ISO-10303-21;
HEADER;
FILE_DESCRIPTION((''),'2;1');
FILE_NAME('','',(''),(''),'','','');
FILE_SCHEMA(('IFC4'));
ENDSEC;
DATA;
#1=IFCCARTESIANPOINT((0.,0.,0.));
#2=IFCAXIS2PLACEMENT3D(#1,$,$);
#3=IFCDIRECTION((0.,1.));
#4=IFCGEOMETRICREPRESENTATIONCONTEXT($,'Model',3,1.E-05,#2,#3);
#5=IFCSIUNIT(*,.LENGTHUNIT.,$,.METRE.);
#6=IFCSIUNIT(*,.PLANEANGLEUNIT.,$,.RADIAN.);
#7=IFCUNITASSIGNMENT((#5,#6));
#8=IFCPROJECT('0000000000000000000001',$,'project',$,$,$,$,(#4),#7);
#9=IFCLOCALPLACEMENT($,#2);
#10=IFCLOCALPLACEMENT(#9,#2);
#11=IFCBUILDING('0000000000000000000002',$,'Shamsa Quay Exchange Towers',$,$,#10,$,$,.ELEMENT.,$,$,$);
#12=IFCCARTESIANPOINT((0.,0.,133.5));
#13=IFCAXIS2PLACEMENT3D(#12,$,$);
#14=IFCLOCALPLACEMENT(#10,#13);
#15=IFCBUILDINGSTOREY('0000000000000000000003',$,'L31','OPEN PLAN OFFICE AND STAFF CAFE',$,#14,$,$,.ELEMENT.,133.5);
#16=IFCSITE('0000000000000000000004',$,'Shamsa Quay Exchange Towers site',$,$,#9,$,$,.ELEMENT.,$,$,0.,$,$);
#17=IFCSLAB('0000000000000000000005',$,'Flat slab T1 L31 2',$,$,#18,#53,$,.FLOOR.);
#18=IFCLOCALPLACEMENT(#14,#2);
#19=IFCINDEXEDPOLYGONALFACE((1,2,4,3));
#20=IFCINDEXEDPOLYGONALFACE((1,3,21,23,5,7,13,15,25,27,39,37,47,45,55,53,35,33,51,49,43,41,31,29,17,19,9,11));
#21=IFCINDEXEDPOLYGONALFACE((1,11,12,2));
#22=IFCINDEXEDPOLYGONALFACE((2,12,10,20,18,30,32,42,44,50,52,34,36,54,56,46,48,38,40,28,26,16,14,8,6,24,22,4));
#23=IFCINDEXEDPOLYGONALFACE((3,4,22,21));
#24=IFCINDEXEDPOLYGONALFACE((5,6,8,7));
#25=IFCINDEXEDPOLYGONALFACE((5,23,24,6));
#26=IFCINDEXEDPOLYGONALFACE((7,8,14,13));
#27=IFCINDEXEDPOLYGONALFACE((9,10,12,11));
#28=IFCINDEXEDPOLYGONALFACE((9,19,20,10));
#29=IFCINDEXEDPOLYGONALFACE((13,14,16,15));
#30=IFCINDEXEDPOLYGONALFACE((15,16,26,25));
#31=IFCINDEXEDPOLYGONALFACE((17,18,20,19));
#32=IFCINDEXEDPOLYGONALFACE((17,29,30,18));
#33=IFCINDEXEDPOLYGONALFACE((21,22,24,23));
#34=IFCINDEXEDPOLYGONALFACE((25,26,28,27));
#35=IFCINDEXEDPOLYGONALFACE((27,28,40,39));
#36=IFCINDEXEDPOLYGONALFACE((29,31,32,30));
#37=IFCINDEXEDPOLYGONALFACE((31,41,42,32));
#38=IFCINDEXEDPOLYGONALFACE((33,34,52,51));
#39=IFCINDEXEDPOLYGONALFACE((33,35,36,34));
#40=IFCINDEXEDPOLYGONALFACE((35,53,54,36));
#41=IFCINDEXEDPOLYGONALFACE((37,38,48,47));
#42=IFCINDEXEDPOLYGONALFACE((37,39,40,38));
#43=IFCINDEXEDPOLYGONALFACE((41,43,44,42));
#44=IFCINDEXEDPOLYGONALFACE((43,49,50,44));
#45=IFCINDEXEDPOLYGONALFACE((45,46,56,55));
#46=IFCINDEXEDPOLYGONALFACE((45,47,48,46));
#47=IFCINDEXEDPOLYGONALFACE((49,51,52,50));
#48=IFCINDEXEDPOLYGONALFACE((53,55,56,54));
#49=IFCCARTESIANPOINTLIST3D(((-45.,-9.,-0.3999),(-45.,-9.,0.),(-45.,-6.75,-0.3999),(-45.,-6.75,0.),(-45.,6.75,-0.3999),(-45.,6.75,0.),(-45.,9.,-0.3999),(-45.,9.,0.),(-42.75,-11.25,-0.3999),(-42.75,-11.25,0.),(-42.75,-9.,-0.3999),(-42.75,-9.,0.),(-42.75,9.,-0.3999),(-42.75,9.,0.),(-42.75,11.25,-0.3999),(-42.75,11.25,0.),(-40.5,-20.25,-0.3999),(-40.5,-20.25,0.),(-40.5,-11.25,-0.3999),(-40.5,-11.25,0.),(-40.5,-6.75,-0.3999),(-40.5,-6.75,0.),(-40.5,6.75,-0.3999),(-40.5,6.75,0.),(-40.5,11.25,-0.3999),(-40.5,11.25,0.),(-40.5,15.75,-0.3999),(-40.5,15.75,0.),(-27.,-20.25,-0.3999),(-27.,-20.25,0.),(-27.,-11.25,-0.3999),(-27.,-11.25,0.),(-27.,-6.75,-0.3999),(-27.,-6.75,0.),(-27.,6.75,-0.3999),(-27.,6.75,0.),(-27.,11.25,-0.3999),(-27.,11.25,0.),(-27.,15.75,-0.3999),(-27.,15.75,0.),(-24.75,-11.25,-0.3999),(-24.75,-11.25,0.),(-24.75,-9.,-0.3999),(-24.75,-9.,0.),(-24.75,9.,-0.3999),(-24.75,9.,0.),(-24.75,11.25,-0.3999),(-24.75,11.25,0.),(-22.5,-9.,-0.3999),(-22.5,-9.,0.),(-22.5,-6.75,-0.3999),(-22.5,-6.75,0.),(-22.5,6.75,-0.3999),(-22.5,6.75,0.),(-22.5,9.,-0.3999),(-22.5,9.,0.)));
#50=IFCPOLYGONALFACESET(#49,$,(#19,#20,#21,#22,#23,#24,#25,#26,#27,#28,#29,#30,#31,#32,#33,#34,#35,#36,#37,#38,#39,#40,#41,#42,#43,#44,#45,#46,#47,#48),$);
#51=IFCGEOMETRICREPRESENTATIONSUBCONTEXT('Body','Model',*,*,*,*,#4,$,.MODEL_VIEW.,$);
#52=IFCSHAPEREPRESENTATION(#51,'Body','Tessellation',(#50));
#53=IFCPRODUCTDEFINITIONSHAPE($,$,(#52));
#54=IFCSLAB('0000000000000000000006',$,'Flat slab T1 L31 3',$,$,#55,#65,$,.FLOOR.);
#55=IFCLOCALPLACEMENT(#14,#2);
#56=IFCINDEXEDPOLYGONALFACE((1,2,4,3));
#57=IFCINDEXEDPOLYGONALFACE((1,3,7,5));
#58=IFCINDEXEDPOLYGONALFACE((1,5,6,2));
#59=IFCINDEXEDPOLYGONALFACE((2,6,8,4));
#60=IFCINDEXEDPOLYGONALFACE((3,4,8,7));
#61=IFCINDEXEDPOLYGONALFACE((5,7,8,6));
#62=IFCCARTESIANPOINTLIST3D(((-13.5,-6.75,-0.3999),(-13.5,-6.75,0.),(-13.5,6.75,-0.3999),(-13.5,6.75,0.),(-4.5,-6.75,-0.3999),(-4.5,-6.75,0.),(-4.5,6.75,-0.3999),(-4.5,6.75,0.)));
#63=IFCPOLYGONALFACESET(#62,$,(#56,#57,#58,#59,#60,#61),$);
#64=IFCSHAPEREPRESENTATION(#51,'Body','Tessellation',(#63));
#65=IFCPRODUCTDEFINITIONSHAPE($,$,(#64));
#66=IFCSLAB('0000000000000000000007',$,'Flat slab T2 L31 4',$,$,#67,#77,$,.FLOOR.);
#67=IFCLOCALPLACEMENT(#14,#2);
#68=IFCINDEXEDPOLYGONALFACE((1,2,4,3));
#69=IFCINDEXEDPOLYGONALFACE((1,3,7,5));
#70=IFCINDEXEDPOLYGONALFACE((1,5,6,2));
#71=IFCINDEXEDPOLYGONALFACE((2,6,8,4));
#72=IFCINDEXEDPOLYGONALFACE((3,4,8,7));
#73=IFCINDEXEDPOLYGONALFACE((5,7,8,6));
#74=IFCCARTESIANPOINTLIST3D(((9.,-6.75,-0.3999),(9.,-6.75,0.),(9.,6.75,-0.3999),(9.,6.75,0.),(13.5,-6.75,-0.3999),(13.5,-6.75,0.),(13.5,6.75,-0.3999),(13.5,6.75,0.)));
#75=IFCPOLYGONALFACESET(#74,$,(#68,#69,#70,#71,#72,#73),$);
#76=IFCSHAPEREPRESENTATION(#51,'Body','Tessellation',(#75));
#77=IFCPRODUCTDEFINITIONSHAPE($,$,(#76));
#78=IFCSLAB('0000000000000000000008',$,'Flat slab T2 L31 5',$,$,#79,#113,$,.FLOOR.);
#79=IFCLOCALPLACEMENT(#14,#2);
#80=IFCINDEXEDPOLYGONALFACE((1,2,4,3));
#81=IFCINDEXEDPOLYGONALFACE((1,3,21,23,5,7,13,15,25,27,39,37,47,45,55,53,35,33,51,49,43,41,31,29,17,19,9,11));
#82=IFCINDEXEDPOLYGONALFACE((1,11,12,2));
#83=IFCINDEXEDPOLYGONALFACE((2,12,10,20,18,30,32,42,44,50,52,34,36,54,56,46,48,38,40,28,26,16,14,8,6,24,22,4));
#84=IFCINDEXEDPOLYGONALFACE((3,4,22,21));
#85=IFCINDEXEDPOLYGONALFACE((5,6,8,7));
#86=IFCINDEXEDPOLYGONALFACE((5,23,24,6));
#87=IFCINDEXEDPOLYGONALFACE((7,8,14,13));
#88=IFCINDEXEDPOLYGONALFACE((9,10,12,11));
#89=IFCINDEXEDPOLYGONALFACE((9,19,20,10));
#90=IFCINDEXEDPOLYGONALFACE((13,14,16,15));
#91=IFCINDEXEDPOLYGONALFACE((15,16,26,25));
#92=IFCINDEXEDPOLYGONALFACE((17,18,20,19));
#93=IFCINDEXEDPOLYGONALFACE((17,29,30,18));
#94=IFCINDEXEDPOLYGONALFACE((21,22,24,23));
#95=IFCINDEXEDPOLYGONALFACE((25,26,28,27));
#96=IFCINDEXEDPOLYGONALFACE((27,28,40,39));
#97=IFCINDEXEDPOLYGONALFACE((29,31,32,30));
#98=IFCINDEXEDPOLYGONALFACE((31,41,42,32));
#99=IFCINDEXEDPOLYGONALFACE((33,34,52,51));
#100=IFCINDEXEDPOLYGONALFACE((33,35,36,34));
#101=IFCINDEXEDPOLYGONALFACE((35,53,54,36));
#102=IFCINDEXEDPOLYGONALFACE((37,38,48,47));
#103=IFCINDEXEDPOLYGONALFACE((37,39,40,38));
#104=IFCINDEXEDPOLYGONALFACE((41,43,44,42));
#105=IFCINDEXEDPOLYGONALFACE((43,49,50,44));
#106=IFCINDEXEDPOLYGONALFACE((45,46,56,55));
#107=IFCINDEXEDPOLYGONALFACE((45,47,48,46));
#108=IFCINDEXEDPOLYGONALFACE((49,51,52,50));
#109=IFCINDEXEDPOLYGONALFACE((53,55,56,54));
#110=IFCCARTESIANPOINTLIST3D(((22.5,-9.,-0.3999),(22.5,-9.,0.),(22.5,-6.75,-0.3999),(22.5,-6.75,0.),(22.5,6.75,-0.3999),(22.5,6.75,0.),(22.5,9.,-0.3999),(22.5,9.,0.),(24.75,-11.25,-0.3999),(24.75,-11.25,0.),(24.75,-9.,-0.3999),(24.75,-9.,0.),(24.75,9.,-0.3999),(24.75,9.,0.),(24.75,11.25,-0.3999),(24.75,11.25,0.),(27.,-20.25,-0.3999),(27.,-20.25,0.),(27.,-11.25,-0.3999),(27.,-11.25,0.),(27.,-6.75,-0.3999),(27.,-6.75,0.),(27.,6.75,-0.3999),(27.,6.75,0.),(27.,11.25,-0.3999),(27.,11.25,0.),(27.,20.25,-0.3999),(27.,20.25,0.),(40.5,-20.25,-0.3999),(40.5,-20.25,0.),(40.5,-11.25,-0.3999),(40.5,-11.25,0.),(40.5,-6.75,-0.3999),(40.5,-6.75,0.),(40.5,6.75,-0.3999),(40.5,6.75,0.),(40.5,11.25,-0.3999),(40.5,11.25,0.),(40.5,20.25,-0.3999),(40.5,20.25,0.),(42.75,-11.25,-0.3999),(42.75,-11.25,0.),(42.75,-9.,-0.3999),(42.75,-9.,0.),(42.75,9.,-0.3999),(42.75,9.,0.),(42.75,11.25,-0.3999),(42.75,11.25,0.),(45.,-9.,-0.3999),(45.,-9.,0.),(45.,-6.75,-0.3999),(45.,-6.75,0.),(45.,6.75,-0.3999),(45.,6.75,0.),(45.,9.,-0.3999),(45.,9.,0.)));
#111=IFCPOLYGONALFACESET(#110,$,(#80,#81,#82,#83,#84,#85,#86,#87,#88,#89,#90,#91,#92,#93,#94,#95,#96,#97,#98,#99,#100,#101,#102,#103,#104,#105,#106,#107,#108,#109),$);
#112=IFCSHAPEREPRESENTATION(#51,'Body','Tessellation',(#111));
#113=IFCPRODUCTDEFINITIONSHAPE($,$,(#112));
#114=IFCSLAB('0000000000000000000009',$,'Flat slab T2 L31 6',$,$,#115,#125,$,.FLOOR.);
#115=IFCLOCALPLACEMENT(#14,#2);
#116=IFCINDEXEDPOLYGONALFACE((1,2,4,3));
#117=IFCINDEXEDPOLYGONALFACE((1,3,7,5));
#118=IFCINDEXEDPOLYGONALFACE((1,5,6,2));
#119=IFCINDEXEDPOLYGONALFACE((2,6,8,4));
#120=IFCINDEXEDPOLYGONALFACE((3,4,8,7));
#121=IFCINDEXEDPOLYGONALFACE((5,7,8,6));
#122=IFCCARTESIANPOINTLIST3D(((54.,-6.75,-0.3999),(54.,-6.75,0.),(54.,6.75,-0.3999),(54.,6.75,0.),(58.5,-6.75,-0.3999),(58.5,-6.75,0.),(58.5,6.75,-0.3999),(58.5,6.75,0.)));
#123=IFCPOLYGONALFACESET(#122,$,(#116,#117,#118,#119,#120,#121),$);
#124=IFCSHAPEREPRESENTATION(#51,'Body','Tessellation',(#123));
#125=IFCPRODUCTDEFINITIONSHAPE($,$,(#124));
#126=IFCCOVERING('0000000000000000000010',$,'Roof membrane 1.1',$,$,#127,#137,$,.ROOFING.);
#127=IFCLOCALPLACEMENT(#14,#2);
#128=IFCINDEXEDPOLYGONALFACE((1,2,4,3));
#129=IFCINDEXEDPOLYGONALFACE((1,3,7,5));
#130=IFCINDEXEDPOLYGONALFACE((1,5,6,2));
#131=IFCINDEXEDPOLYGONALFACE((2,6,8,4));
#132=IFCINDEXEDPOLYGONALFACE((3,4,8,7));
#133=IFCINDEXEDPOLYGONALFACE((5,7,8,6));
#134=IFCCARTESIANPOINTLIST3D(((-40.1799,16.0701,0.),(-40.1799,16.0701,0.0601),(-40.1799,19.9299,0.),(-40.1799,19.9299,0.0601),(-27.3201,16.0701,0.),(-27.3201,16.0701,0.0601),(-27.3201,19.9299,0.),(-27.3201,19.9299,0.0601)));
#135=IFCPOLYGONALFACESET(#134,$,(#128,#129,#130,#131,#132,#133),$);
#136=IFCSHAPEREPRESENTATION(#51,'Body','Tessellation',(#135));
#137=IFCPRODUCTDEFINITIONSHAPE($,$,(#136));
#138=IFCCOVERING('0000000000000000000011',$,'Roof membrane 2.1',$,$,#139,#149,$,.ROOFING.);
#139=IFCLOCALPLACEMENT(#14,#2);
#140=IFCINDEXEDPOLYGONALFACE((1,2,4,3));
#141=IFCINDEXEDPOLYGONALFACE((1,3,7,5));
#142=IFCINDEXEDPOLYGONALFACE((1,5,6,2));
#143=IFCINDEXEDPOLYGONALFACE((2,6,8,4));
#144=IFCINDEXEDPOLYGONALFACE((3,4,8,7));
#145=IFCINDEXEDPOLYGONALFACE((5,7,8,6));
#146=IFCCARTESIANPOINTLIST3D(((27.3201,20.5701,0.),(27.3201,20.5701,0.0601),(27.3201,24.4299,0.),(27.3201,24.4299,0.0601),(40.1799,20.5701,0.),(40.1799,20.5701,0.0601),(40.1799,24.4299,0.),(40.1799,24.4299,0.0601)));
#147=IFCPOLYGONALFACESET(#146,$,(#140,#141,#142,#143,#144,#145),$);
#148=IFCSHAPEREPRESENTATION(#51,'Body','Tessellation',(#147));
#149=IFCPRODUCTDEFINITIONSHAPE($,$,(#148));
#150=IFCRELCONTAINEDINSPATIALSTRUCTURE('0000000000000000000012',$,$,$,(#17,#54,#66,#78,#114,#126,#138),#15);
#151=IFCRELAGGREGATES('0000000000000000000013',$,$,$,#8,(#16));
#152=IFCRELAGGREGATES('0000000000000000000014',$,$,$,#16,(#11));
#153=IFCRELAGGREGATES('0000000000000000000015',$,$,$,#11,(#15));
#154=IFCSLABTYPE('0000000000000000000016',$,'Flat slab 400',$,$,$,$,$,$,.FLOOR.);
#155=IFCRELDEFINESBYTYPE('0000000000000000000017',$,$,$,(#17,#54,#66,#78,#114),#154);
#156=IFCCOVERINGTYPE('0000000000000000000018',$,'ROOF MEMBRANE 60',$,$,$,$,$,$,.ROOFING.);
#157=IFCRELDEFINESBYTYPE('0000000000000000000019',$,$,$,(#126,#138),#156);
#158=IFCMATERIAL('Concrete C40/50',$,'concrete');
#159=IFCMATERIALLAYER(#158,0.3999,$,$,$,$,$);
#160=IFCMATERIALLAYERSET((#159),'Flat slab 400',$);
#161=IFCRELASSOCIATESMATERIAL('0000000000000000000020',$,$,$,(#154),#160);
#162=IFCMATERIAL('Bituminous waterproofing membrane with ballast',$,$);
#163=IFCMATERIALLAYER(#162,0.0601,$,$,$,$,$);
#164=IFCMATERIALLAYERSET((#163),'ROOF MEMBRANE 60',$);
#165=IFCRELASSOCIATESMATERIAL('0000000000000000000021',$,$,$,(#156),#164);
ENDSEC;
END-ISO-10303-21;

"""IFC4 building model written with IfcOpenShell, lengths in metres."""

from ifc_helpers import new_model, si_unit, direction, frame, origin, place, context, subcontext, project, spatial, polyline, outline, extrude, material, layer, layer_set, type_object, element, save


model = new_model("IFC4")

# Units and contexts
model_context = context("Model", 3, precision=1e-05, world=origin(), true_north=direction((0.0, 1.0)))
body_context = subcontext(model_context, "Body", "Model", "MODEL_VIEW")
ifc_project = project(units=[si_unit("LENGTHUNIT", "METRE"), si_unit("PLANEANGLEUNIT", "RADIAN")], contexts=[model_context])

# Site, building, storey
site_placement = place(None, origin())
site = spatial("IfcSite", under=ifc_project, at=site_placement, Name="Shamsa Quay Exchange Towers site", CompositionType="ELEMENT", RefElevation=0.0)
building_placement = place(site_placement, origin())
building = spatial("IfcBuilding", under=site, at=building_placement, Name="Shamsa Quay Exchange Towers", CompositionType="ELEMENT")
storey_placement = place(building_placement, frame((0.0, 0.0, 133.5)))
storey = spatial("IfcBuildingStorey", under=building, at=storey_placement, Name="L31", Description="OPEN PLAN OFFICE AND STAFF CAFE", CompositionType="ELEMENT", Elevation=133.5)

# Shared definitions
ifc_material_1 = material(Name="Concrete C40/50", Category="concrete")

# Slabs
ifc_layer_1 = layer(ifc_material_1, 0.3999)
ifc_layer_set_1 = layer_set([ifc_layer_1], Name="Flat slab 400")
slab_type_1 = type_object("IfcSlabType", Name="Flat slab 400", PredefinedType="FLOOR", material=ifc_layer_set_1)
slab_1_placement = place(storey_placement, frame((0.0, 0.0, -0.3999)))
element("IfcSlab", 1, at=slab_1_placement, inside=storey, type_object=slab_type_1, Name="Flat slab T1 L31 2", PredefinedType="FLOOR", context=body_context, shape_type="SweptSolid", body=[
    extrude(outline(polyline([(-22.5, -9.0), (-22.5, -6.75), (-27.0, -6.75), (-27.0, 6.75), (-22.5, 6.75), (-22.5, 9.0), (-24.75, 9.0), (-24.75, 11.25), (-27.0, 11.25), (-27.0, 15.75), (-40.5, 15.75), (-40.5, 11.25), (-42.75, 11.25), (-42.75, 9.0), (-45.0, 9.0), (-45.0, 6.75), (-40.5, 6.75), (-40.5, -6.75), (-45.0, -6.75), (-45.0, -9.0), (-42.75, -9.0), (-42.75, -11.25), (-40.5, -11.25), (-40.5, -20.25), (-27.0, -20.25), (-27.0, -11.25), (-24.75, -11.25), (-24.75, -9.0), (-22.5, -9.0)])), origin(), (0.0, 0.0, 1.0), 0.3999),
])
slab_2_placement = place(storey_placement, frame((0.0, 0.0, -0.3999)))
element("IfcSlab", 2, at=slab_2_placement, inside=storey, type_object=slab_type_1, Name="Flat slab T1 L31 3", PredefinedType="FLOOR", context=body_context, shape_type="SweptSolid", body=[
    extrude(outline(polyline([(-4.5, 6.75), (-13.5, 6.75), (-13.5, -6.75), (-4.5, -6.75), (-4.5, 6.75)])), origin(), (0.0, 0.0, 1.0), 0.3999),
])
slab_3_placement = place(storey_placement, frame((0.0, 0.0, -0.3999)))
element("IfcSlab", 3, at=slab_3_placement, inside=storey, type_object=slab_type_1, Name="Flat slab T2 L31 4", PredefinedType="FLOOR", context=body_context, shape_type="SweptSolid", body=[
    extrude(outline(polyline([(9.0, -6.75), (13.5, -6.75), (13.5, 6.75), (9.0, 6.75), (9.0, -6.75)])), origin(), (0.0, 0.0, 1.0), 0.3999),
])
slab_4_placement = place(storey_placement, frame((0.0, 0.0, -0.3999)))
element("IfcSlab", 4, at=slab_4_placement, inside=storey, type_object=slab_type_1, Name="Flat slab T2 L31 5", PredefinedType="FLOOR", context=body_context, shape_type="SweptSolid", body=[
    extrude(outline(polyline([(45.0, -9.0), (45.0, -6.75), (40.5, -6.75), (40.5, 6.75), (45.0, 6.75), (45.0, 9.0), (42.75, 9.0), (42.75, 11.25), (40.5, 11.25), (40.5, 20.25), (27.0, 20.25), (27.0, 11.25), (24.75, 11.25), (24.75, 9.0), (22.5, 9.0), (22.5, 6.75), (27.0, 6.75), (27.0, -6.75), (22.5, -6.75), (22.5, -9.0), (24.75, -9.0), (24.75, -11.25), (27.0, -11.25), (27.0, -20.25), (40.5, -20.25), (40.5, -11.25), (42.75, -11.25), (42.75, -9.0), (45.0, -9.0)])), origin(), (0.0, 0.0, 1.0), 0.3999),
])
slab_5_placement = place(storey_placement, frame((0.0, 0.0, -0.3999)))
element("IfcSlab", 5, at=slab_5_placement, inside=storey, type_object=slab_type_1, Name="Flat slab T2 L31 6", PredefinedType="FLOOR", context=body_context, shape_type="SweptSolid", body=[
    extrude(outline(polyline([(58.5, 6.75), (54.0, 6.75), (54.0, -6.75), (58.5, -6.75), (58.5, 6.75)])), origin(), (0.0, 0.0, 1.0), 0.3999),
])

# Coverings
ifc_material_2 = material(Name="Bituminous waterproofing membrane with ballast")
ifc_layer_2 = layer(ifc_material_2, 0.0601)
ifc_layer_set_2 = layer_set([ifc_layer_2], Name="ROOF MEMBRANE 60")
covering_type = type_object("IfcCoveringType", Name="ROOF MEMBRANE 60", PredefinedType="ROOFING", material=ifc_layer_set_2)
covering_1_placement = place(storey_placement, origin())
element("IfcCovering", 6, at=covering_1_placement, inside=storey, type_object=covering_type, Name="Roof membrane 1.1", PredefinedType="ROOFING", context=body_context, shape_type="SweptSolid", body=[
    extrude(outline(polyline([(-27.3201, 19.9299), (-27.3201, 16.0701), (-40.1799, 16.0701), (-40.1799, 19.9299), (-27.3201, 19.9299)])), origin(), (0.0, 0.0, 1.0), 0.0601),
])
covering_2_placement = place(storey_placement, origin())
element("IfcCovering", 7, at=covering_2_placement, inside=storey, type_object=covering_type, Name="Roof membrane 2.1", PredefinedType="ROOFING", context=body_context, shape_type="SweptSolid", body=[
    extrude(outline(polyline([(40.1799, 24.4299), (40.1799, 20.5701), (27.3201, 20.5701), (27.3201, 24.4299), (40.1799, 24.4299)])), origin(), (0.0, 0.0, 1.0), 0.0601),
])

save(model, "model.ifc")
